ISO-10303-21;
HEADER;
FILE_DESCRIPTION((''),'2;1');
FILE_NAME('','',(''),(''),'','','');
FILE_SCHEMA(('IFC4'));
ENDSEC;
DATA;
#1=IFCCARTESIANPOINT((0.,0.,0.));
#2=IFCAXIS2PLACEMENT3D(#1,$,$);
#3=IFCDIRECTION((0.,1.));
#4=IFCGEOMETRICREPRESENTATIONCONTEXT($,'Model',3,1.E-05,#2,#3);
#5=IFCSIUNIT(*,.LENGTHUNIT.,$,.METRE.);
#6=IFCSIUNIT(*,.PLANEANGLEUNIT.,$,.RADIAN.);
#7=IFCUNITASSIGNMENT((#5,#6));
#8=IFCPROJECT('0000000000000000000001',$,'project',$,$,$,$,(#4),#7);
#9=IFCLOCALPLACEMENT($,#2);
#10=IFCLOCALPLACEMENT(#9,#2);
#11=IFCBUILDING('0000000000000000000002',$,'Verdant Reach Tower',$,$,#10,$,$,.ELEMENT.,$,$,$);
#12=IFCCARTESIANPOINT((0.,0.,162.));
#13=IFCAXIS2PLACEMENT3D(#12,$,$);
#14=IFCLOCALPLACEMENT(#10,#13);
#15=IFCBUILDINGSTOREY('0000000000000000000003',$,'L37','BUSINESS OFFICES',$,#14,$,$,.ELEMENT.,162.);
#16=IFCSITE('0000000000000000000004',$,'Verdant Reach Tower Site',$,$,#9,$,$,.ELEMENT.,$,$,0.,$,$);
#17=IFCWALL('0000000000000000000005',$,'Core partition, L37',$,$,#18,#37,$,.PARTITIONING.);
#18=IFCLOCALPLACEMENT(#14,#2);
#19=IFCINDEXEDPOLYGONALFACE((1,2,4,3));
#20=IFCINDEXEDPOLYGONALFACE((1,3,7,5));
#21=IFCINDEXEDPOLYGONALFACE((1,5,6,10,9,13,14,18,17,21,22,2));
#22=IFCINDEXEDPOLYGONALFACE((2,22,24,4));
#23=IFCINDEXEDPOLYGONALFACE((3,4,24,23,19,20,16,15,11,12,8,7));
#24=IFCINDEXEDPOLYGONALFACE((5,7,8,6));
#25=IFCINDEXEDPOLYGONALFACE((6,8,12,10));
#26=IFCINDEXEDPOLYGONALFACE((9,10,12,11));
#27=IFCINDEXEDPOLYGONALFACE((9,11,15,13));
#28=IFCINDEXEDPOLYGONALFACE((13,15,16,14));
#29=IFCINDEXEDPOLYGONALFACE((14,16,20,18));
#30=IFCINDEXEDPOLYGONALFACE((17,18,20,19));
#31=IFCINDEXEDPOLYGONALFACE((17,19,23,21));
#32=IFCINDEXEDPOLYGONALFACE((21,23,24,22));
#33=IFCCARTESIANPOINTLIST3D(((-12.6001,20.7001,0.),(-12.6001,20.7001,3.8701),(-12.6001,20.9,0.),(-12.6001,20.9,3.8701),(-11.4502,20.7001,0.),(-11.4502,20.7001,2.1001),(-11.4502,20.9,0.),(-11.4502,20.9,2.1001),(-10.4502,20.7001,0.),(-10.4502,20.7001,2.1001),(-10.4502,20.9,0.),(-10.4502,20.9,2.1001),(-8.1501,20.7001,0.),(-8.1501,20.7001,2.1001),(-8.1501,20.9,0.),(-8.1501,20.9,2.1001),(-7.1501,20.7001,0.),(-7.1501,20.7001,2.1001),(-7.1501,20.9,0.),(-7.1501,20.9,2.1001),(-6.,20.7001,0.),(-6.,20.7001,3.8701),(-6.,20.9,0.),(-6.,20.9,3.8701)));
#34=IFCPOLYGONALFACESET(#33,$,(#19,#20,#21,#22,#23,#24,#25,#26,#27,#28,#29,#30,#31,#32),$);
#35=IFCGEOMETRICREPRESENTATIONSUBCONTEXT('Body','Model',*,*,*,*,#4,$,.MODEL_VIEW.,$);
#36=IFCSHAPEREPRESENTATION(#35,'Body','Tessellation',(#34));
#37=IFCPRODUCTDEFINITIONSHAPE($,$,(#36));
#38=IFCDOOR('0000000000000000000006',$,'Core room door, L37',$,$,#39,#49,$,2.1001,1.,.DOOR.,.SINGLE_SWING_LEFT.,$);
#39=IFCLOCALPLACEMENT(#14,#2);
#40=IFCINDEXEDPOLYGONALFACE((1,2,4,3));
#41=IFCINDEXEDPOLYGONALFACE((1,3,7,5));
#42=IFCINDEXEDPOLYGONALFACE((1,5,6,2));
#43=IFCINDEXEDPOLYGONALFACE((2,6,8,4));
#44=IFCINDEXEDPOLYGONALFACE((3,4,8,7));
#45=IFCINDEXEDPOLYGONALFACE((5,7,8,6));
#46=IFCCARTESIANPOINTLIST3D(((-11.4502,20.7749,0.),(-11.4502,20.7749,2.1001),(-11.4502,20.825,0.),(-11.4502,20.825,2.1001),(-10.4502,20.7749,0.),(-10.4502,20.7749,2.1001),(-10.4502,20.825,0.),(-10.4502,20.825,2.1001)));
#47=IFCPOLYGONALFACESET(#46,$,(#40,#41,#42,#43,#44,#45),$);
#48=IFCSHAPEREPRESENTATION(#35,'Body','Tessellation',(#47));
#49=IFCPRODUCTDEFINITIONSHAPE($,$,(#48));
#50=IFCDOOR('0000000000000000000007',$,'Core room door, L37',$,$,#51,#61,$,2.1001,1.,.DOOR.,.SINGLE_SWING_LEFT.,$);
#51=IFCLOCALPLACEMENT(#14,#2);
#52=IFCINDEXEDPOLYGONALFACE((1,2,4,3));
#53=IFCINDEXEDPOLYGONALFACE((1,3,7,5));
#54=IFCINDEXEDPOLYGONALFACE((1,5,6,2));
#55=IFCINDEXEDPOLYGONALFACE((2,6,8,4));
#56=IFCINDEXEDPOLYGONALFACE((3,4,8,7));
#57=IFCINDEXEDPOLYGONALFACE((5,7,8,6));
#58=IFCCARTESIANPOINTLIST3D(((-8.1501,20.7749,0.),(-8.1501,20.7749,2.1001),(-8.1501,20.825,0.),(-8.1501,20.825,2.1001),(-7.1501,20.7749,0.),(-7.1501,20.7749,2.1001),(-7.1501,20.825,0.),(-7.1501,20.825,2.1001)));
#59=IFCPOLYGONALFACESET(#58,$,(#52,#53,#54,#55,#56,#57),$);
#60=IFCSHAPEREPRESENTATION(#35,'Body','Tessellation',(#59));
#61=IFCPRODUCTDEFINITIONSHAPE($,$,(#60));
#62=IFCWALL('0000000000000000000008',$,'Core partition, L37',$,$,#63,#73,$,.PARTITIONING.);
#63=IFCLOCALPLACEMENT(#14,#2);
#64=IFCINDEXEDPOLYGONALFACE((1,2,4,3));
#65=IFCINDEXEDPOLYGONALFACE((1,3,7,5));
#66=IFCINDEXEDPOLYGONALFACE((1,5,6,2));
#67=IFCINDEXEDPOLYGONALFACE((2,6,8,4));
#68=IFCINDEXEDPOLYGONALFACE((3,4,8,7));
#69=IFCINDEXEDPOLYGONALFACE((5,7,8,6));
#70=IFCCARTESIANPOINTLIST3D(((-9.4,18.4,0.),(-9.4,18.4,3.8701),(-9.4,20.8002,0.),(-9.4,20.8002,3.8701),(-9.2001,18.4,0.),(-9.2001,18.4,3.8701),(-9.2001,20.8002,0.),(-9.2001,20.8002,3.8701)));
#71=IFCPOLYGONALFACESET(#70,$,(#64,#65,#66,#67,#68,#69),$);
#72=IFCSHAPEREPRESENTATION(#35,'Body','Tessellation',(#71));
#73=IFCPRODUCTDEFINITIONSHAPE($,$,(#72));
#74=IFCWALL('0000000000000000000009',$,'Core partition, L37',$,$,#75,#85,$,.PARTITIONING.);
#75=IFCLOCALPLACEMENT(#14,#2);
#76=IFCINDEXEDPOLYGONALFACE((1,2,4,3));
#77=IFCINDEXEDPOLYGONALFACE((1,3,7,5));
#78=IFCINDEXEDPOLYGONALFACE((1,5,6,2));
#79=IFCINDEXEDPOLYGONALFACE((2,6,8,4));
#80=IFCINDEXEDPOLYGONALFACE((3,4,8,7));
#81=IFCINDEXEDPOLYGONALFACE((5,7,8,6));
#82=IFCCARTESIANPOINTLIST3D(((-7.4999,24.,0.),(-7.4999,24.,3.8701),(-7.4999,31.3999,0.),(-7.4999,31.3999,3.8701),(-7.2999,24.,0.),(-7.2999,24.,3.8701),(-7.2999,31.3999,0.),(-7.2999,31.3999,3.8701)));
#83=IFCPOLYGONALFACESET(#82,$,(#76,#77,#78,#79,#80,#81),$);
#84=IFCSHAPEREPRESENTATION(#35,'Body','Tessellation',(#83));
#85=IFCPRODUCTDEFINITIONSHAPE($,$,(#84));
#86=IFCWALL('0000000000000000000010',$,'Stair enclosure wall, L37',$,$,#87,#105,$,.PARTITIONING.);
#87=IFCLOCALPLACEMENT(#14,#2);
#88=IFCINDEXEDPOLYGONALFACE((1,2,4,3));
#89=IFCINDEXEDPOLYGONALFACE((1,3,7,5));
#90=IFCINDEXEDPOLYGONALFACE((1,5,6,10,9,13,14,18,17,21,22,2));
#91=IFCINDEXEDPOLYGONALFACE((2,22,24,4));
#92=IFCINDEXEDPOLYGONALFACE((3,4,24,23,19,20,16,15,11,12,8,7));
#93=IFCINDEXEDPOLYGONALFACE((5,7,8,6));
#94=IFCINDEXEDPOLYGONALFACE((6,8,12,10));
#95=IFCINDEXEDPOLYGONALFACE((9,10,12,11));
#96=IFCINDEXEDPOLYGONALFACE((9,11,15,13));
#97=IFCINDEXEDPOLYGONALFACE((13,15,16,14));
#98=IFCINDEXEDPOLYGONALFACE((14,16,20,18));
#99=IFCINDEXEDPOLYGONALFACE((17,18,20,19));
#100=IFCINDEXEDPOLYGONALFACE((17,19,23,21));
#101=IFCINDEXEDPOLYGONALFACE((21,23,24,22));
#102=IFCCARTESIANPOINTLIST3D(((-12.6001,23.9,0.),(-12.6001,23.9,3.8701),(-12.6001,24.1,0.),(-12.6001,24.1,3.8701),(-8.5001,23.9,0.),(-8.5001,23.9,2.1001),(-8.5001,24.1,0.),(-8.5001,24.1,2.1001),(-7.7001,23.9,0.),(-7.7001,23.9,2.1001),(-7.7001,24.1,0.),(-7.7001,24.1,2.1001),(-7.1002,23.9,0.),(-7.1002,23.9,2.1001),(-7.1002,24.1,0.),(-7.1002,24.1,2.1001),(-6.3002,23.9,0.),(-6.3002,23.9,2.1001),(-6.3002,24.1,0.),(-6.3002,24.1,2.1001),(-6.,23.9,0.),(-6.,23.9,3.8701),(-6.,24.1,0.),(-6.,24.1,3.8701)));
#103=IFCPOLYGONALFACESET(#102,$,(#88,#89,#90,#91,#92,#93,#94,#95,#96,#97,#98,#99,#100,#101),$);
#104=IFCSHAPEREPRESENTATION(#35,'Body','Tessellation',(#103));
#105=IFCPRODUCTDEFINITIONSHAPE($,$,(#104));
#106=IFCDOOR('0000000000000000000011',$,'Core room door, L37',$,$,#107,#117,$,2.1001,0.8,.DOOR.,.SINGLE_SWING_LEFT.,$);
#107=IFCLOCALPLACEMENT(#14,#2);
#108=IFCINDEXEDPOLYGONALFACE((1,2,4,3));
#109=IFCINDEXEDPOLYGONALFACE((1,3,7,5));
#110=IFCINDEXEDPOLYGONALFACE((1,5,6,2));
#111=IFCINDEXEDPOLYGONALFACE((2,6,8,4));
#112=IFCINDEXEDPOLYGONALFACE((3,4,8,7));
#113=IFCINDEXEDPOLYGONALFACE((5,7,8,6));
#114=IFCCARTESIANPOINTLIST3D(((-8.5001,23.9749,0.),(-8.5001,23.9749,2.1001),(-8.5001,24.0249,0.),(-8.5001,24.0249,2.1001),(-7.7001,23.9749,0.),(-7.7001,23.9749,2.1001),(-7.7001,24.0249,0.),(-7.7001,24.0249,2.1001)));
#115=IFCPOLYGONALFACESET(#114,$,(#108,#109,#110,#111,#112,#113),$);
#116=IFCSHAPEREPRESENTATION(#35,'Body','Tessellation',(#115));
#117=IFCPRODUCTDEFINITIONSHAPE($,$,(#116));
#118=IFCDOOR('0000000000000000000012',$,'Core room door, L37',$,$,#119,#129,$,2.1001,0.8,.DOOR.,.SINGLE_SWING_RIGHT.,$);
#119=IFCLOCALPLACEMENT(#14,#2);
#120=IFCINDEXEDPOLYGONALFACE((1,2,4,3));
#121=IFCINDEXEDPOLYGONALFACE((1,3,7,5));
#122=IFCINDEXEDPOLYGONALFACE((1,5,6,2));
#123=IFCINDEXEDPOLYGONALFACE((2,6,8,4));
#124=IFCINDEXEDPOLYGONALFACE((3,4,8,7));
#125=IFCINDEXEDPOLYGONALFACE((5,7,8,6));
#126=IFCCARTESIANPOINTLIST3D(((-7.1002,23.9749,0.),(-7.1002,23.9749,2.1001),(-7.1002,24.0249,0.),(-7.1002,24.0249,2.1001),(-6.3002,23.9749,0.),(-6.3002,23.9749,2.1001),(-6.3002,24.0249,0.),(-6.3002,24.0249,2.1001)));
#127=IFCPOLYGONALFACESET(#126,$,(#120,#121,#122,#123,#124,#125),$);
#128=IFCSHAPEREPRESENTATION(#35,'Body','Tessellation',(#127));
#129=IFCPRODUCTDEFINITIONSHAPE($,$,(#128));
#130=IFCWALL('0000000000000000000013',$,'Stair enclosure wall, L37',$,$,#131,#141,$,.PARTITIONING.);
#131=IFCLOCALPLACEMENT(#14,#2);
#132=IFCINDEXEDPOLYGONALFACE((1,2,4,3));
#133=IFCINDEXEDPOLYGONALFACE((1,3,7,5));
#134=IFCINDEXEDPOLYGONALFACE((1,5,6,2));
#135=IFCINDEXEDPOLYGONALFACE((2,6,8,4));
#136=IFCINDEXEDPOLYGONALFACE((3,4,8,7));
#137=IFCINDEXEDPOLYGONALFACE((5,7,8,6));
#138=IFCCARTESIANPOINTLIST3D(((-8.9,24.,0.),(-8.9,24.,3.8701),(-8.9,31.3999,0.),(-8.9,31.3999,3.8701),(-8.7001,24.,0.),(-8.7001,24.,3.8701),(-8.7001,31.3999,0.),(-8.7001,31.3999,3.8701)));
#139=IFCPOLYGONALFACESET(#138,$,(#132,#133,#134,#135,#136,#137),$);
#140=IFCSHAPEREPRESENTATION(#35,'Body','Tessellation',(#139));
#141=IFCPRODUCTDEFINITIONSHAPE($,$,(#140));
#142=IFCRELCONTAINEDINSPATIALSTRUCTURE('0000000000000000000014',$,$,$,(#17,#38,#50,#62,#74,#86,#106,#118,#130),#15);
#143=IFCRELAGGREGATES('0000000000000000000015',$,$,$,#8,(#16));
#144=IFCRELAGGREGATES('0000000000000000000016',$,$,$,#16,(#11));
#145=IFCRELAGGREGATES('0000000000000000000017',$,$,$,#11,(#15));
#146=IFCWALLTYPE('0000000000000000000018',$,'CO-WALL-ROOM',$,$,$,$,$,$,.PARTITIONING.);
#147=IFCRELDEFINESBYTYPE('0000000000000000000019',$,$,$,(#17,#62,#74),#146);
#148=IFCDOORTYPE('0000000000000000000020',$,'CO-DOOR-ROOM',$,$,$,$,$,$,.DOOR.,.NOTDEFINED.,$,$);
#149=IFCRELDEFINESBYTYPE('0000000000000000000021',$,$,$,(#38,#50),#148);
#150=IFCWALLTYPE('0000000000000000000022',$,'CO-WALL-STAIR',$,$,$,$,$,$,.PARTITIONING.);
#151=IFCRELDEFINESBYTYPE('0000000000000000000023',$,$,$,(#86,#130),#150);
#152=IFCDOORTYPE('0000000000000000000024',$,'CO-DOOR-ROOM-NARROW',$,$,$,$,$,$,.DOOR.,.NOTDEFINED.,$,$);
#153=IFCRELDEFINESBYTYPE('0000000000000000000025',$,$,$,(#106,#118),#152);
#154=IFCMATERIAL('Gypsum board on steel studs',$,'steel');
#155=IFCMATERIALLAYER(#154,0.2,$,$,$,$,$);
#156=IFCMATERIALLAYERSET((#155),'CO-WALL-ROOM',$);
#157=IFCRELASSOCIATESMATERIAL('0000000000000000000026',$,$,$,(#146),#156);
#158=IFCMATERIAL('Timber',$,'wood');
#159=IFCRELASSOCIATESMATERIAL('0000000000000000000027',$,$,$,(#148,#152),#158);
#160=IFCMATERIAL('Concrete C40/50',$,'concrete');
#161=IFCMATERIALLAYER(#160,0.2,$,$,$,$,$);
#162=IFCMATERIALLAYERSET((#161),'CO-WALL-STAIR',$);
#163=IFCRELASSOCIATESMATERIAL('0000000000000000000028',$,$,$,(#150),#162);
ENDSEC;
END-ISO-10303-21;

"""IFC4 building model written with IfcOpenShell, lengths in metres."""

from ifc_helpers import new_model, si_unit, direction, frame, frame_2d, origin, place, context, subcontext, project, spatial, rectangle, extrude, material, layer, layer_set, type_object, element, fill, save


model = new_model("IFC4")

# Units and contexts
model_context = context("Model", 3, precision=1e-05, world=origin(), true_north=direction((0.0, 1.0)))
body_context = subcontext(model_context, "Body", "Model", "MODEL_VIEW")
ifc_project = project(units=[si_unit("LENGTHUNIT", "METRE"), si_unit("PLANEANGLEUNIT", "RADIAN")], contexts=[model_context])

# Site, building, storey
site_placement = place(None, origin())
site = spatial("IfcSite", under=ifc_project, at=site_placement, Name="Verdant Reach Tower Site", CompositionType="ELEMENT", RefElevation=0.0)
building_placement = place(site_placement, origin())
building = spatial("IfcBuilding", under=site, at=building_placement, Name="Verdant Reach Tower", CompositionType="ELEMENT")
storey_placement = place(building_placement, frame((0.0, 0.0, 162.0)))
storey = spatial("IfcBuildingStorey", under=building, at=storey_placement, Name="L37", Description="BUSINESS OFFICES", CompositionType="ELEMENT", Elevation=162.0)

# Wall, openings, doors
ifc_material_1 = material(Name="Gypsum board on steel studs", Category="steel")
ifc_layer_1 = layer(ifc_material_1, 0.2)
ifc_layer_set_1 = layer_set([ifc_layer_1], Name="CO-WALL-ROOM")
wall_type_1 = type_object("IfcWallType", Name="CO-WALL-ROOM", PredefinedType="PARTITIONING", material=ifc_layer_set_1)
wall_1_placement = place(storey_placement, frame((-12.6001, 20.8, 0.0), z_axis=(0.0, 0.0, 1.0), x_axis=(1.0, 0.0, 0.0)))
wall_1 = element("IfcWall", 1, at=wall_1_placement, inside=storey, type_object=wall_type_1, Name="Core partition, L37", PredefinedType="PARTITIONING", context=body_context, shape_type="SweptSolid", body=[
    extrude(rectangle(XDim=6.6001, YDim=0.2, at=frame_2d((3.3, 0.0))), origin(), (0.0, 0.0, 1.0), 3.8701),
])
opening_1_placement = place(wall_1_placement, frame((1.1499, 0.0, 0.0)))
opening_1 = element("IfcOpeningElement", 2, at=opening_1_placement, cuts=wall_1, PredefinedType="OPENING", context=body_context, shape_type="SweptSolid", body=[
    extrude(rectangle(XDim=1.0, YDim=2.1001, at=frame_2d((0.5, 1.05))), frame((0.0, 0.1099, 0.0), z_axis=(0.0, -1.0, 0.0), x_axis=(1.0, 0.0, 0.0)), (0.0, 0.0, 1.0), 0.22),
])
opening_2_placement = place(wall_1_placement, frame((4.45, 0.0, 0.0)))
opening_2 = element("IfcOpeningElement", 3, at=opening_2_placement, cuts=wall_1, PredefinedType="OPENING", context=body_context, shape_type="SweptSolid", body=[
    extrude(rectangle(XDim=1.0, YDim=2.1001, at=frame_2d((0.5, 1.05))), frame((0.0, 0.1099, 0.0), z_axis=(0.0, -1.0, 0.0), x_axis=(1.0, 0.0, 0.0)), (0.0, 0.0, 1.0), 0.22),
])
ifc_material_2 = material(Name="Timber", Category="wood")
door_type_1 = type_object("IfcDoorType", Name="CO-DOOR-ROOM", OperationType="NOTDEFINED", PredefinedType="DOOR", material=ifc_material_2)
door_1_placement = place(opening_1_placement, origin())
door_1 = element("IfcDoor", 4, at=door_1_placement, inside=storey, type_object=door_type_1, Name="Core room door, L37", OperationType="SINGLE_SWING_LEFT", OverallHeight=2.1001, OverallWidth=1.0, PredefinedType="DOOR", context=body_context, shape_type="SweptSolid", body=[
    extrude(rectangle(XDim=1.0, YDim=2.1001, at=frame_2d((0.5, 1.05))), frame((0.0, 0.0249, 0.0), z_axis=(0.0, -1.0, 0.0), x_axis=(1.0, 0.0, 0.0)), (0.0, 0.0, 1.0), 0.05),
])
fill(opening_1, door_1)
door_2_placement = place(opening_2_placement, origin())
door_2 = element("IfcDoor", 5, at=door_2_placement, inside=storey, type_object=door_type_1, Name="Core room door, L37", OperationType="SINGLE_SWING_LEFT", OverallHeight=2.1001, OverallWidth=1.0, PredefinedType="DOOR", context=body_context, shape_type="SweptSolid", body=[
    extrude(rectangle(XDim=1.0, YDim=2.1001, at=frame_2d((0.5, 1.05))), frame((0.0, 0.0249, 0.0), z_axis=(0.0, -1.0, 0.0), x_axis=(1.0, 0.0, 0.0)), (0.0, 0.0, 1.0), 0.05),
])
fill(opening_2, door_2)

# Walls
wall_2_placement = place(storey_placement, frame((-9.3, 18.3999, 0.0), z_axis=(0.0, 0.0, 1.0), x_axis=(0.0, 1.0, 0.0)))
element("IfcWall", 6, at=wall_2_placement, inside=storey, type_object=wall_type_1, Name="Core partition, L37", PredefinedType="PARTITIONING", context=body_context, shape_type="SweptSolid", body=[
    extrude(rectangle(XDim=2.4001, YDim=0.2, at=frame_2d((1.2002, 0.0))), origin(), (0.0, 0.0, 1.0), 3.8701),
])
wall_3_placement = place(storey_placement, frame((-7.3999, 24.0, 0.0), z_axis=(0.0, 0.0, 1.0), x_axis=(0.0, 1.0, 0.0)))
element("IfcWall", 7, at=wall_3_placement, inside=storey, type_object=wall_type_1, Name="Core partition, L37", PredefinedType="PARTITIONING", context=body_context, shape_type="SweptSolid", body=[
    extrude(rectangle(XDim=7.3999, YDim=0.2, at=frame_2d((3.7, 0.0))), origin(), (0.0, 0.0, 1.0), 3.8701),
])

# Wall, openings, doors
ifc_material_3 = material(Name="Concrete C40/50", Category="concrete")
ifc_layer_2 = layer(ifc_material_3, 0.2)
ifc_layer_set_2 = layer_set([ifc_layer_2], Name="CO-WALL-STAIR")
wall_type_2 = type_object("IfcWallType", Name="CO-WALL-STAIR", PredefinedType="PARTITIONING", material=ifc_layer_set_2)
wall_4_placement = place(storey_placement, frame((-12.6001, 24.0, 0.0), z_axis=(0.0, 0.0, 1.0), x_axis=(1.0, 0.0, 0.0)))
wall_4 = element("IfcWall", 8, at=wall_4_placement, inside=storey, type_object=wall_type_2, Name="Stair enclosure wall, L37", PredefinedType="PARTITIONING", context=body_context, shape_type="SweptSolid", body=[
    extrude(rectangle(XDim=6.6001, YDim=0.2, at=frame_2d((3.3, 0.0))), origin(), (0.0, 0.0, 1.0), 3.8701),
])
opening_3_placement = place(wall_4_placement, frame((4.1001, 0.0, 0.0)))
opening_3 = element("IfcOpeningElement", 9, at=opening_3_placement, cuts=wall_4, PredefinedType="OPENING", context=body_context, shape_type="SweptSolid", body=[
    extrude(rectangle(XDim=0.8, YDim=2.1001, at=frame_2d((0.3999, 1.05))), frame((0.0, 0.1099, 0.0), z_axis=(0.0, -1.0, 0.0), x_axis=(1.0, 0.0, 0.0)), (0.0, 0.0, 1.0), 0.22),
])
opening_4_placement = place(wall_4_placement, frame((5.5, 0.0, 0.0)))
opening_4 = element("IfcOpeningElement", 10, at=opening_4_placement, cuts=wall_4, PredefinedType="OPENING", context=body_context, shape_type="SweptSolid", body=[
    extrude(rectangle(XDim=0.8, YDim=2.1001, at=frame_2d((0.3999, 1.05))), frame((0.0, 0.1099, 0.0), z_axis=(0.0, -1.0, 0.0), x_axis=(1.0, 0.0, 0.0)), (0.0, 0.0, 1.0), 0.22),
])
door_type_2 = type_object("IfcDoorType", Name="CO-DOOR-ROOM-NARROW", OperationType="NOTDEFINED", PredefinedType="DOOR", material=ifc_material_2)
door_3_placement = place(opening_3_placement, origin())
door_3 = element("IfcDoor", 11, at=door_3_placement, inside=storey, type_object=door_type_2, Name="Core room door, L37", OperationType="SINGLE_SWING_LEFT", OverallHeight=2.1001, OverallWidth=0.8, PredefinedType="DOOR", context=body_context, shape_type="SweptSolid", body=[
    extrude(rectangle(XDim=0.8, YDim=2.1001, at=frame_2d((0.3999, 1.05))), frame((0.0, 0.0249, 0.0), z_axis=(0.0, -1.0, 0.0), x_axis=(1.0, 0.0, 0.0)), (0.0, 0.0, 1.0), 0.05),
])
fill(opening_3, door_3)
door_4_placement = place(opening_4_placement, origin())
door_4 = element("IfcDoor", 12, at=door_4_placement, inside=storey, type_object=door_type_2, Name="Core room door, L37", OperationType="SINGLE_SWING_RIGHT", OverallHeight=2.1001, OverallWidth=0.8, PredefinedType="DOOR", context=body_context, shape_type="SweptSolid", body=[
    extrude(rectangle(XDim=0.8, YDim=2.1001, at=frame_2d((0.3999, 1.05))), frame((0.0, 0.0249, 0.0), z_axis=(0.0, -1.0, 0.0), x_axis=(1.0, 0.0, 0.0)), (0.0, 0.0, 1.0), 0.05),
])
fill(opening_4, door_4)

# Wall
wall_5_placement = place(storey_placement, frame((-8.8, 24.0, 0.0), z_axis=(0.0, 0.0, 1.0), x_axis=(0.0, 1.0, 0.0)))
element("IfcWall", 13, at=wall_5_placement, inside=storey, type_object=wall_type_2, Name="Stair enclosure wall, L37", PredefinedType="PARTITIONING", context=body_context, shape_type="SweptSolid", body=[
    extrude(rectangle(XDim=7.3999, YDim=0.2, at=frame_2d((3.7, 0.0))), origin(), (0.0, 0.0, 1.0), 3.8701),
])

save(model, "model.ifc")
